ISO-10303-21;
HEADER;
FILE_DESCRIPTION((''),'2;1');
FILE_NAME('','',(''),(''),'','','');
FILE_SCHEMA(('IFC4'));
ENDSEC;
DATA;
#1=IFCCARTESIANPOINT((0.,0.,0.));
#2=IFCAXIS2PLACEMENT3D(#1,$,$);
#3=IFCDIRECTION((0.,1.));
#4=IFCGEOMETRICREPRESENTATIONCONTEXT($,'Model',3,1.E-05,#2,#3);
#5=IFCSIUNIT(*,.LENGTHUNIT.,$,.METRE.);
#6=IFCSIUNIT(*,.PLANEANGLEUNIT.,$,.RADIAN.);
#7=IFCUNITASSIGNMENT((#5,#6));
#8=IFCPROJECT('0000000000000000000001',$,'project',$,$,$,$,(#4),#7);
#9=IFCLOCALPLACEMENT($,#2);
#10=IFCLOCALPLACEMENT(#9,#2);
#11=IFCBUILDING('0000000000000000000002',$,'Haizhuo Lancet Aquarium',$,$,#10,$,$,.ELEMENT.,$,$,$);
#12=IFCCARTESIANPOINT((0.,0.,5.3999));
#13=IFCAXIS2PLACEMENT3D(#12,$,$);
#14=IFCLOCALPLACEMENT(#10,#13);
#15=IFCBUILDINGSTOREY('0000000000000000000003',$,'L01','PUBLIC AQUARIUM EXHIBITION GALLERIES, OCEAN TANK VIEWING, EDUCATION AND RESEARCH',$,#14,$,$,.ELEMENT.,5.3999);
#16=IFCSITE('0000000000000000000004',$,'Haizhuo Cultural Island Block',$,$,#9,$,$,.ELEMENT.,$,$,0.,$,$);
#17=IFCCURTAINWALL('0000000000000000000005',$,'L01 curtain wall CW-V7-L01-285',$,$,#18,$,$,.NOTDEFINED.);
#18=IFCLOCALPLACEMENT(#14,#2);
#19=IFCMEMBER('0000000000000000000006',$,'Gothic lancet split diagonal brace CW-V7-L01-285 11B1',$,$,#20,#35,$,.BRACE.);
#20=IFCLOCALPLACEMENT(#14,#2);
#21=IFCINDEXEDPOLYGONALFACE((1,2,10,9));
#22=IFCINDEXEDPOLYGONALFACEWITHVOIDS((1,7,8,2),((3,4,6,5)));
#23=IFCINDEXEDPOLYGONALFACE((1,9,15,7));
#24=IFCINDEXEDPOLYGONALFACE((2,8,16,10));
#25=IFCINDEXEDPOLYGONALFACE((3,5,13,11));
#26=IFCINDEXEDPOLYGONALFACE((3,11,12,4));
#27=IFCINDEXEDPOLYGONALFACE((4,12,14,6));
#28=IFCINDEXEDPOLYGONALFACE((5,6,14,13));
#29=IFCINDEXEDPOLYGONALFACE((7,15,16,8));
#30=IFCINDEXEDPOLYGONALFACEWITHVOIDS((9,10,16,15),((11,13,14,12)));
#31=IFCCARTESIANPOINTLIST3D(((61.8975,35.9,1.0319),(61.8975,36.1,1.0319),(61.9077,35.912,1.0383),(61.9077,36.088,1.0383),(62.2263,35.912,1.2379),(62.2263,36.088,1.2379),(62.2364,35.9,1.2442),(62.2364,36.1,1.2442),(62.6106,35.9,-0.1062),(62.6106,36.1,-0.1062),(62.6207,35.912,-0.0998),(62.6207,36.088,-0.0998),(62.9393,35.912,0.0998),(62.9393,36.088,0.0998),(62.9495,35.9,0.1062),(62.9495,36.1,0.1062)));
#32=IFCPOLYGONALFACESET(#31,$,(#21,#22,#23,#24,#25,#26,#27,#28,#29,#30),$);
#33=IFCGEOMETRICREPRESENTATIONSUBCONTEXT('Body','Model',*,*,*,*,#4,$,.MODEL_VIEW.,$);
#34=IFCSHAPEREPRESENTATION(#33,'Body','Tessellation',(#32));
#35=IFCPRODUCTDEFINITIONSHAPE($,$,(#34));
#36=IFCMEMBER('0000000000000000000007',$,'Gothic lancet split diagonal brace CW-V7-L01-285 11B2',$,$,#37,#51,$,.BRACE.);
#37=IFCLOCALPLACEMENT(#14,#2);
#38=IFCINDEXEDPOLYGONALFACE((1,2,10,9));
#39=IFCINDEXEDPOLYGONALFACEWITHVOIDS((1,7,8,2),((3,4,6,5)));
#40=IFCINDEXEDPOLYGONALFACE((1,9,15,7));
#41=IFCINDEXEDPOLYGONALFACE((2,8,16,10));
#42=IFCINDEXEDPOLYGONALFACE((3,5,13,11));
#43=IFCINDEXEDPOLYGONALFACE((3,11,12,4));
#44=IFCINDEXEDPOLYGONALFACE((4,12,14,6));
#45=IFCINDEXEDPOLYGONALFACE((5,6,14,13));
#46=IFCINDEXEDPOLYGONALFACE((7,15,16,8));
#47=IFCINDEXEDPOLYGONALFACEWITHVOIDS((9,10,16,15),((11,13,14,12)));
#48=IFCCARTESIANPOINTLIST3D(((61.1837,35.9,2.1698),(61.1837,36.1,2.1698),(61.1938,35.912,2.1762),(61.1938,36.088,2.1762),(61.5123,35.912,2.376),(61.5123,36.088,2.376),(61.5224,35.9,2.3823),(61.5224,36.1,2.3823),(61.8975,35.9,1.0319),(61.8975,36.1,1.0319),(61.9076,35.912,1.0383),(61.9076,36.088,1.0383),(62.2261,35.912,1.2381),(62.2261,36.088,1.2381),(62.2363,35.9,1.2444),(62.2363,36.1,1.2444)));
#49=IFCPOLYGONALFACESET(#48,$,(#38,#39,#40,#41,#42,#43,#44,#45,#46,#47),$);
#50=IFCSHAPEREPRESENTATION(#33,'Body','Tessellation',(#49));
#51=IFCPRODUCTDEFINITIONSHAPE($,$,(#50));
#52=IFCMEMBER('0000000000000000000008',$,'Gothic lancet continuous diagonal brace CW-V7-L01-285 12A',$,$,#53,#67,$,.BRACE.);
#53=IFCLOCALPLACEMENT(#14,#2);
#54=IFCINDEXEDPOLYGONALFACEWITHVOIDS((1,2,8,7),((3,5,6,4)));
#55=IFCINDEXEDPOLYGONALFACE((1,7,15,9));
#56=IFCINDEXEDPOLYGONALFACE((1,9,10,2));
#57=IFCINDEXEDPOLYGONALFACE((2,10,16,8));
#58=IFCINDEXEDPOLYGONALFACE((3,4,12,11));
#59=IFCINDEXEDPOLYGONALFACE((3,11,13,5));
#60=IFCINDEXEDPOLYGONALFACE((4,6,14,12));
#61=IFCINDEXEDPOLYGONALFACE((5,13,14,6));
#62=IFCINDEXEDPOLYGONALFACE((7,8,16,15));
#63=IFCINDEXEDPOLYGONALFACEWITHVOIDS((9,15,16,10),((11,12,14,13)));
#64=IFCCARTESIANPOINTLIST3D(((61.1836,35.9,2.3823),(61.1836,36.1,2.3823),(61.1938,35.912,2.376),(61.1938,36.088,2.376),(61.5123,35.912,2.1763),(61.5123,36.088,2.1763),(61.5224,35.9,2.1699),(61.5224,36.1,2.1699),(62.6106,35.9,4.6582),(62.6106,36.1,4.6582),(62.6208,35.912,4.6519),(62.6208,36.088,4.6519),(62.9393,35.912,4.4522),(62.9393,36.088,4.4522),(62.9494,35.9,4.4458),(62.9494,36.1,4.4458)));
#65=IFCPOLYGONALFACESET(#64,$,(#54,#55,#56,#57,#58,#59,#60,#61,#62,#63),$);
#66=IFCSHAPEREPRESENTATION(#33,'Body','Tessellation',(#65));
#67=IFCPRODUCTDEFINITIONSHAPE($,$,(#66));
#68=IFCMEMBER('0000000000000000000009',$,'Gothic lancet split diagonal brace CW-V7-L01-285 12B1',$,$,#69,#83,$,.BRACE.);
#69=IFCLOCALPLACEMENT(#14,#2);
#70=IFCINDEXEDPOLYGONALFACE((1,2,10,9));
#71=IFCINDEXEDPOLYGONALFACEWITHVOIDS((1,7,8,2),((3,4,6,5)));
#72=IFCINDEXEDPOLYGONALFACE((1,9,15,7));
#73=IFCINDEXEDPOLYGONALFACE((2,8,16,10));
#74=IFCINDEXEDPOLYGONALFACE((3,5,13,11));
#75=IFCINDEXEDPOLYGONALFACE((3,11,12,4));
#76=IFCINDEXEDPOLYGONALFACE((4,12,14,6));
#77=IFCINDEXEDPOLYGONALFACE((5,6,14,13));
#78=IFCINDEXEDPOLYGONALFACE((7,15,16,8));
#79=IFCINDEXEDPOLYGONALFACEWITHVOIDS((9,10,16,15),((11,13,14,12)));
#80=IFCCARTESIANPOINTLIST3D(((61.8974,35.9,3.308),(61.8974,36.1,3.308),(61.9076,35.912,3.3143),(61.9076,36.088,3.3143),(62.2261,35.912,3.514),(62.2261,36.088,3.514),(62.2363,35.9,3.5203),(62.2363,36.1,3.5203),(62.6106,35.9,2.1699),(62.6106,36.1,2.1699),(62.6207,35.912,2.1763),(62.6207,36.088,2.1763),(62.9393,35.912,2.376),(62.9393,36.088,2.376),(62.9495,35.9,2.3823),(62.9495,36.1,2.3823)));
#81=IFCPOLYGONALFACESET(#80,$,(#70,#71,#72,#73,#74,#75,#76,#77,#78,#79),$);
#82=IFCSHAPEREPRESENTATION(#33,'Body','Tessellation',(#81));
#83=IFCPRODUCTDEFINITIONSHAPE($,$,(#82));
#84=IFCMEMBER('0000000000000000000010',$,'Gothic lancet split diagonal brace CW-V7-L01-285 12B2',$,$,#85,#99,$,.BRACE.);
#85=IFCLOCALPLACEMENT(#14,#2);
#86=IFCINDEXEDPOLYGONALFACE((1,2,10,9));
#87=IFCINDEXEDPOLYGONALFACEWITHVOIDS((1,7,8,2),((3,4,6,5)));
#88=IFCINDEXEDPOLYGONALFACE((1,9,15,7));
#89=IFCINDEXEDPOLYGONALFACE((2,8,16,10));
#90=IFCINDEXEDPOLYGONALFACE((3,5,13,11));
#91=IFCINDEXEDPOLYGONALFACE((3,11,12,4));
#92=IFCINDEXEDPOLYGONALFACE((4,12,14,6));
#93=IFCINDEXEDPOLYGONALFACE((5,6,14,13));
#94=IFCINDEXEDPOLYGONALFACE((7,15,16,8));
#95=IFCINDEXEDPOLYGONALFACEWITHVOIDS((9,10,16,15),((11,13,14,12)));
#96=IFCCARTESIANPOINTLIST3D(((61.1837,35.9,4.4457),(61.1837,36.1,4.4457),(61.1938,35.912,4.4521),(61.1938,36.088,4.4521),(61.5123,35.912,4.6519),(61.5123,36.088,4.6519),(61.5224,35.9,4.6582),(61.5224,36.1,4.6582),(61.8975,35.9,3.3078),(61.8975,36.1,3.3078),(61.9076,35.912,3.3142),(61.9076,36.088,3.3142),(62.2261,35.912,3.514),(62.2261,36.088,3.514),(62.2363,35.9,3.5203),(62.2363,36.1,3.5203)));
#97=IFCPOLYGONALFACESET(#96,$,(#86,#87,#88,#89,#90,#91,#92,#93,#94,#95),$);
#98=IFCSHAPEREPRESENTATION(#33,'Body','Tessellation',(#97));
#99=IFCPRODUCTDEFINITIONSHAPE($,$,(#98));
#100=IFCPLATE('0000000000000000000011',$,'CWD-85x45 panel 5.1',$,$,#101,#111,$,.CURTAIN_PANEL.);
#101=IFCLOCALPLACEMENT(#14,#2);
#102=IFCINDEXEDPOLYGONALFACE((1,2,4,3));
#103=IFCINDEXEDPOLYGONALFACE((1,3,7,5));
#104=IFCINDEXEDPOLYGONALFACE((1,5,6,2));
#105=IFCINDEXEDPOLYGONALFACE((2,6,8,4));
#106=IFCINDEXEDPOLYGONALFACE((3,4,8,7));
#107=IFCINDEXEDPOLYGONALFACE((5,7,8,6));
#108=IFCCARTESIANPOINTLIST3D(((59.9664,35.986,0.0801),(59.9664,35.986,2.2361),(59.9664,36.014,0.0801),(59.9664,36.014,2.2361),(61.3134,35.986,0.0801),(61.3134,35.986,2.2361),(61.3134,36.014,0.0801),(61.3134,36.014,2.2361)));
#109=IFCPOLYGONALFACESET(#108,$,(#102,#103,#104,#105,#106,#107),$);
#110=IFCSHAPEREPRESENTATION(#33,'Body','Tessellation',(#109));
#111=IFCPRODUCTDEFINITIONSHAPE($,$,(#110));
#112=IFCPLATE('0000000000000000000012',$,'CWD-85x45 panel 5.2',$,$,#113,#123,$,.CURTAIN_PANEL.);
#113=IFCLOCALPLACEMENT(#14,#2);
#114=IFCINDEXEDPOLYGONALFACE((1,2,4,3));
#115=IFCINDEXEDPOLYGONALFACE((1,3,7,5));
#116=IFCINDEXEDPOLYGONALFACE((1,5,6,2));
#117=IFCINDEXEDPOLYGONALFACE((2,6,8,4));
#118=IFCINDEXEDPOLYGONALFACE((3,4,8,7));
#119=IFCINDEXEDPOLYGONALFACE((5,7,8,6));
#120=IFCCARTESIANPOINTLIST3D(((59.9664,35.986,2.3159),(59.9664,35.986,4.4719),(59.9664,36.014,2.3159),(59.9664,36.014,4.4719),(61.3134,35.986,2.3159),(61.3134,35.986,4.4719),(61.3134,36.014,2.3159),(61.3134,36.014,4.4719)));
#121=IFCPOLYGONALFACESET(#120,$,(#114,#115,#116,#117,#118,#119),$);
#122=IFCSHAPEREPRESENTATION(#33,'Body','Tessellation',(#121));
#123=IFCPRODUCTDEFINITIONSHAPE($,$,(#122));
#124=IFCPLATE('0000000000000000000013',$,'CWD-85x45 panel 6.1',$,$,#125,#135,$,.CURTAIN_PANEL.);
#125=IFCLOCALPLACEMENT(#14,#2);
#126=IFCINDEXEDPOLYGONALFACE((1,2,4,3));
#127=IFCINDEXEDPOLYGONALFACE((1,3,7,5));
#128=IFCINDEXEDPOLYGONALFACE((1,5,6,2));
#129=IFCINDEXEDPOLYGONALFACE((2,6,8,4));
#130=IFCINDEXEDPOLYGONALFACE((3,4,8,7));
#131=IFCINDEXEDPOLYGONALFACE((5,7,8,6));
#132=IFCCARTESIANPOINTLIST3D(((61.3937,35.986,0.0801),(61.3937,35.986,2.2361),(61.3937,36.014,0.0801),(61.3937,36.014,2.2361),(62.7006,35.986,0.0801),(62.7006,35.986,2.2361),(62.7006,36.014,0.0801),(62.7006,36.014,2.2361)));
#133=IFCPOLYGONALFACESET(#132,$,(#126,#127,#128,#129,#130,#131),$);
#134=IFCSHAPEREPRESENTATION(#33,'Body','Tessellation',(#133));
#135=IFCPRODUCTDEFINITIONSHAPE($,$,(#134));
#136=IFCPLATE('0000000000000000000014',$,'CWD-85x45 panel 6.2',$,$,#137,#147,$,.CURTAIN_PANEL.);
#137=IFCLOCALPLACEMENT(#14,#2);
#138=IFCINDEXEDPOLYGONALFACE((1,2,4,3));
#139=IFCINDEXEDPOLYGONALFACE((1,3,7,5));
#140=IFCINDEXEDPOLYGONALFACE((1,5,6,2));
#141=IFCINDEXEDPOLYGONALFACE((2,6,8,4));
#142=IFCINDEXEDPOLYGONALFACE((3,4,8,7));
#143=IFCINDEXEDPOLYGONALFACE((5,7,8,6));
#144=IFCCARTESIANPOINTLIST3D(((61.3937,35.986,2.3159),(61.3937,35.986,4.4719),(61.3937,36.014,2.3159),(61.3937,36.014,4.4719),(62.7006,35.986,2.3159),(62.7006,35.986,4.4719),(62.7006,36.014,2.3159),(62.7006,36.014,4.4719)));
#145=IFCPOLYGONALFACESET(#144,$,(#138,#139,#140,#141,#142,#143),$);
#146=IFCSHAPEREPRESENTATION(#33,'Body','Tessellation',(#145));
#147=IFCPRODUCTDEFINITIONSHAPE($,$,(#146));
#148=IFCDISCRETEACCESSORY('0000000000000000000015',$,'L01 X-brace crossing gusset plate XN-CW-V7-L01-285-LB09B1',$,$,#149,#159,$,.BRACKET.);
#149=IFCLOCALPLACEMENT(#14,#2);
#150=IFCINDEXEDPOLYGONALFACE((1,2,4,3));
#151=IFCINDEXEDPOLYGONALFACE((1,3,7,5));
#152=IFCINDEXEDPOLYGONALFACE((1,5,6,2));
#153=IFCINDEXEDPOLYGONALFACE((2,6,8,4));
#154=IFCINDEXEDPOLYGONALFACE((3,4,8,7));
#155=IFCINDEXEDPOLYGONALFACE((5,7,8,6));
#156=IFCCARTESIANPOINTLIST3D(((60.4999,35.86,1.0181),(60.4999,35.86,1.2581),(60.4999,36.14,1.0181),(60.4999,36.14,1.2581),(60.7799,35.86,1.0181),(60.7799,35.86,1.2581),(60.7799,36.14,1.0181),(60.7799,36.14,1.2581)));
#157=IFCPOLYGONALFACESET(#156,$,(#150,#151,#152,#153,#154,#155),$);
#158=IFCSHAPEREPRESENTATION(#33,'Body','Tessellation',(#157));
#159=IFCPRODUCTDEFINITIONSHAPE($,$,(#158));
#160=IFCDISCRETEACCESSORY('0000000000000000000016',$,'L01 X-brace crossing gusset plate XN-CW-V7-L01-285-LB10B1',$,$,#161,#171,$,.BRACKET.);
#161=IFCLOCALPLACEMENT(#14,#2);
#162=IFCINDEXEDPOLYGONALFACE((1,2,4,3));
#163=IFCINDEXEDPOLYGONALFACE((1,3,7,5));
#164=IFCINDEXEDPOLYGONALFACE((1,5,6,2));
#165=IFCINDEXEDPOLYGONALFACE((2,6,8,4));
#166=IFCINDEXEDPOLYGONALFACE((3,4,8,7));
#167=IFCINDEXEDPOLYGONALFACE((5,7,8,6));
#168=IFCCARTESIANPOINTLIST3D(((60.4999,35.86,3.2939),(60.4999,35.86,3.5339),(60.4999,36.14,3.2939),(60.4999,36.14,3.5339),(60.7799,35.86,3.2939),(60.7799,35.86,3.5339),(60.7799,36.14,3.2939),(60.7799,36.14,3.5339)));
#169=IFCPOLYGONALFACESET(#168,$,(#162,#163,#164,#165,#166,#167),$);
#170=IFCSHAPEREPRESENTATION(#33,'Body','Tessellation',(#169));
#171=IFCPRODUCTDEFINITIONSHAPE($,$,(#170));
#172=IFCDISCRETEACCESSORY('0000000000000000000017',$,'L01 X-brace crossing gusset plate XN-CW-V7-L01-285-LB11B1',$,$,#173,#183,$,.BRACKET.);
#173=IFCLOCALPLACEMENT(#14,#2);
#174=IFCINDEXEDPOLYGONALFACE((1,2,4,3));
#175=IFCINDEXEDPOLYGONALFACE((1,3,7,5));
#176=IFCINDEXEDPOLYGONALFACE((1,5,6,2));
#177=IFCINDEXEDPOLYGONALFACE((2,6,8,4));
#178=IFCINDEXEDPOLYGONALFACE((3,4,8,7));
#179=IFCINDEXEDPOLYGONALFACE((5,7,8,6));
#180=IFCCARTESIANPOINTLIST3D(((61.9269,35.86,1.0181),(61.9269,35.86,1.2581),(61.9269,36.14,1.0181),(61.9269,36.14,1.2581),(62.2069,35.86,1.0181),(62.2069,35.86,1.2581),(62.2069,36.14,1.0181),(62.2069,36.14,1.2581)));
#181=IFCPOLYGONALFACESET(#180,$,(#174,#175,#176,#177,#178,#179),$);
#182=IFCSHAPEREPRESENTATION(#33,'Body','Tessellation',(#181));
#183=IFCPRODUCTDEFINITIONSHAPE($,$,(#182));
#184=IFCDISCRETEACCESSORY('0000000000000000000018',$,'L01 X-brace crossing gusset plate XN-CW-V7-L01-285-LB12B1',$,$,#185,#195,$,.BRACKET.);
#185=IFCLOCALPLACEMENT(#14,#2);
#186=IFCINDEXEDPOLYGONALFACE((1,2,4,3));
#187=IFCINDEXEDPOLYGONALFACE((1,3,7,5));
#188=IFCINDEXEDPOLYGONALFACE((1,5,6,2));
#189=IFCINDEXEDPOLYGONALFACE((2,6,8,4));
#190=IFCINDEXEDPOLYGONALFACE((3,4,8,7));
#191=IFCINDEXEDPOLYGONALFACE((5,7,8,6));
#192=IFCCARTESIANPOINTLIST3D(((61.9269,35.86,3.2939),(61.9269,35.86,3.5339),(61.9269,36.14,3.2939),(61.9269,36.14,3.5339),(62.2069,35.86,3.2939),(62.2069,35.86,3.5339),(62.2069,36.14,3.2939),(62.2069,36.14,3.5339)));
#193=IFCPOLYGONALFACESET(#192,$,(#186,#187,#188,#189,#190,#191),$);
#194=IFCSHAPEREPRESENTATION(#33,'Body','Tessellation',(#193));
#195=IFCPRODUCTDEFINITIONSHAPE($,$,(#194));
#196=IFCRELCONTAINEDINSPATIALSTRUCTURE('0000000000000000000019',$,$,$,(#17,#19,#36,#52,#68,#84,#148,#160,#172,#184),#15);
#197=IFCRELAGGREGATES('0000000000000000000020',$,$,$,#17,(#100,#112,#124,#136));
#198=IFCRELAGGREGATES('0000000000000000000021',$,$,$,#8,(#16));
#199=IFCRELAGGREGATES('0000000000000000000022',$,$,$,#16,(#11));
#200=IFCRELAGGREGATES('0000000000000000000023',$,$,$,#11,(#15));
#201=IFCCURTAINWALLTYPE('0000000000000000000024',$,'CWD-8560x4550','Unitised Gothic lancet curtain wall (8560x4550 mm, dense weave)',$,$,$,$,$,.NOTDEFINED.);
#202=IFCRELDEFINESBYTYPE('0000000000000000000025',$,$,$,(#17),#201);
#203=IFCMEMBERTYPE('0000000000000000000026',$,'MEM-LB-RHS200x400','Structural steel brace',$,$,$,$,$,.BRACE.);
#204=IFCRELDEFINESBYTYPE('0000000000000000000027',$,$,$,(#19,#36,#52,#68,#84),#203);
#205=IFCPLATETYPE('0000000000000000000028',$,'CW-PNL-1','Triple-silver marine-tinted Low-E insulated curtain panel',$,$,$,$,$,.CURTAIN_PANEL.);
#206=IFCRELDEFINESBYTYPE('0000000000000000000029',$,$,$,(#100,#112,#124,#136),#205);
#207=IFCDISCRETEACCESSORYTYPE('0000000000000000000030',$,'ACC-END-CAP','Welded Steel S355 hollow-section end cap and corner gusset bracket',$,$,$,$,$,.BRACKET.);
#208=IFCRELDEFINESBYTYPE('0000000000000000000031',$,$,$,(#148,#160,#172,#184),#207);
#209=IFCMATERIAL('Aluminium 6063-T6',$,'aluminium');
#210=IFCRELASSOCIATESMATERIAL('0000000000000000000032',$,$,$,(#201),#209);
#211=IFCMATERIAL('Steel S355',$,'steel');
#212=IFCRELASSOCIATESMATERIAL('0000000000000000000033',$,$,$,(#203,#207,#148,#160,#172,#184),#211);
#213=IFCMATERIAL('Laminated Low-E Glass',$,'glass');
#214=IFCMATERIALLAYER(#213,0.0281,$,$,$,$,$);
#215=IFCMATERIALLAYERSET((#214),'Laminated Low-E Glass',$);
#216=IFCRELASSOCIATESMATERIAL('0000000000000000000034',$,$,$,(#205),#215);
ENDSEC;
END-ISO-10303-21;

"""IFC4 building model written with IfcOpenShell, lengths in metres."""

from ifc_helpers import new_model, si_unit, direction, frame, origin, origin_2d, place, context, subcontext, project, spatial, rectangle, hollow_rectangle, extrude, material, layer, layer_set, material_profile, profile_set, type_object, element, aggregate, save


model = new_model("IFC4")

# Units and contexts
model_context = context("Model", 3, precision=1e-05, world=origin(), true_north=direction((0.0, 1.0)))
body_context = subcontext(model_context, "Body", "Model", "MODEL_VIEW")
ifc_project = project(units=[si_unit("LENGTHUNIT", "METRE"), si_unit("PLANEANGLEUNIT", "RADIAN")], contexts=[model_context])

# Site, building, storey
site_placement = place(None, origin())
site = spatial("IfcSite", under=ifc_project, at=site_placement, Name="Haizhuo Cultural Island Block", CompositionType="ELEMENT", RefElevation=0.0)
building_placement = place(site_placement, origin())
building = spatial("IfcBuilding", under=site, at=building_placement, Name="Haizhuo Lancet Aquarium", CompositionType="ELEMENT")
storey_placement = place(building_placement, frame((0.0, 0.0, 5.3999)))
storey = spatial("IfcBuildingStorey", under=building, at=storey_placement, Name="L01", Description="PUBLIC AQUARIUM EXHIBITION GALLERIES, OCEAN TANK VIEWING, EDUCATION AND RESEARCH", CompositionType="ELEMENT", Elevation=5.3999)

# Curtain wall
ifc_material_1 = material(Name="Aluminium 6063-T6", Category="aluminium")
curtain_wall_type = type_object("IfcCurtainWallType", Name="CWD-8560x4550", Description="Unitised Gothic lancet curtain wall (8560x4550 mm, dense weave)", PredefinedType="NOTDEFINED", material=ifc_material_1)
curtain_wall_placement = place(storey_placement, origin())
curtain_wall = element("IfcCurtainWall", 1, at=curtain_wall_placement, inside=storey, type_object=curtain_wall_type, Name="L01 curtain wall CW-V7-L01-285", PredefinedType="NOTDEFINED")

# Members
ifc_material_2 = material(Name="Steel S355", Category="steel")
ifc_material_profile_1 = material_profile(ifc_material_2, hollow_rectangle(XDim=0.2, YDim=0.3999, WallThickness=0.012, at=origin_2d()), Name="RHS 200x400x12")
ifc_profile_set_1 = profile_set([ifc_material_profile_1], Name="Steel S355")
member_type_1 = type_object("IfcMemberType", Name="MEM-LB-RHS200x400", Description="Structural steel brace", PredefinedType="BRACE", material=ifc_profile_set_1)
member_1_placement = place(storey_placement, frame((62.78, 36.0, 0.0), z_axis=(-0.530946, 0.0, 0.847405), x_axis=(0.0, -1.0, 0.0)))
element("IfcMember", 2, at=member_1_placement, inside=storey, type_object=member_type_1, Name="Gothic lancet split diagonal brace CW-V7-L01-285 11B1", PredefinedType="BRACE", context=body_context, shape_type="SweptSolid", body=[
    extrude(hollow_rectangle(XDim=0.2, YDim=0.3999, WallThickness=0.012, at=origin_2d()), origin(), (0.0, 0.0, 1.0), 1.343),
])
member_2_placement = place(storey_placement, frame((62.0669, 36.0, 1.1382), z_axis=(-0.531419, 0.0, 0.847109), x_axis=(0.0, -1.0, 0.0)))
element("IfcMember", 3, at=member_2_placement, inside=storey, type_object=member_type_1, Name="Gothic lancet split diagonal brace CW-V7-L01-285 11B2", PredefinedType="BRACE", context=body_context, shape_type="SweptSolid", body=[
    extrude(hollow_rectangle(XDim=0.2, YDim=0.3999, WallThickness=0.012, at=origin_2d()), origin(), (0.0, 0.0, 1.0), 1.3433),
])
member_3_placement = place(storey_placement, frame((61.353, 36.0, 2.2761), z_axis=(0.531224, 0.0, 0.847232), x_axis=(0.0, 1.0, 0.0)))
element("IfcMember", 4, at=member_3_placement, inside=storey, type_object=member_type_1, Name="Gothic lancet continuous diagonal brace CW-V7-L01-285 12A", PredefinedType="BRACE", context=body_context, shape_type="SweptSolid", body=[
    extrude(hollow_rectangle(XDim=0.2, YDim=0.3999, WallThickness=0.012, at=origin_2d()), origin(), (0.0, 0.0, 1.0), 2.6863),
])
member_4_placement = place(storey_placement, frame((62.78, 36.0, 2.2761), z_axis=(-0.531028, 0.0, 0.847354), x_axis=(0.0, -1.0, 0.0)))
element("IfcMember", 5, at=member_4_placement, inside=storey, type_object=member_type_1, Name="Gothic lancet split diagonal brace CW-V7-L01-285 12B1", PredefinedType="BRACE", context=body_context, shape_type="SweptSolid", body=[
    extrude(hollow_rectangle(XDim=0.2, YDim=0.3999, WallThickness=0.012, at=origin_2d()), origin(), (0.0, 0.0, 1.0), 1.343),
])
member_5_placement = place(storey_placement, frame((62.0669, 36.0, 3.4141), z_axis=(-0.531419, 0.0, 0.847109), x_axis=(0.0, -1.0, 0.0)))
element("IfcMember", 6, at=member_5_placement, inside=storey, type_object=member_type_1, Name="Gothic lancet split diagonal brace CW-V7-L01-285 12B2", PredefinedType="BRACE", context=body_context, shape_type="SweptSolid", body=[
    extrude(hollow_rectangle(XDim=0.2, YDim=0.3999, WallThickness=0.012, at=origin_2d()), origin(), (0.0, 0.0, 1.0), 1.3433),
])

# Plates
ifc_material_3 = material(Name="Laminated Low-E Glass", Category="glass")
ifc_layer = layer(ifc_material_3, 0.0281)
ifc_layer_set = layer_set([ifc_layer], Name="Laminated Low-E Glass")
plate_type = type_object("IfcPlateType", Name="CW-PNL-1", Description="Triple-silver marine-tinted Low-E insulated curtain panel", PredefinedType="CURTAIN_PANEL", material=ifc_layer_set)
plate_1_placement = place(storey_placement, frame((60.6399, 36.0, 0.0801), z_axis=(0.0, 0.0, 1.0), x_axis=(1.0, 0.0, 0.0)))
plate_1 = element("IfcPlate", 7, at=plate_1_placement, type_object=plate_type, Name="CWD-85x45 panel 5.1", PredefinedType="CURTAIN_PANEL", context=body_context, shape_type="SweptSolid", body=[
    extrude(rectangle(XDim=1.3469, YDim=0.0281, at=origin_2d()), origin(), (0.0, 0.0, 1.0), 2.156),
])
plate_2_placement = place(storey_placement, frame((60.6399, 36.0, 2.3159), z_axis=(0.0, 0.0, 1.0), x_axis=(1.0, 0.0, 0.0)))
plate_2 = element("IfcPlate", 8, at=plate_2_placement, type_object=plate_type, Name="CWD-85x45 panel 5.2", PredefinedType="CURTAIN_PANEL", context=body_context, shape_type="SweptSolid", body=[
    extrude(rectangle(XDim=1.3469, YDim=0.0281, at=origin_2d()), origin(), (0.0, 0.0, 1.0), 2.156),
])
plate_3_placement = place(storey_placement, frame((62.0471, 36.0, 0.0801), z_axis=(0.0, 0.0, 1.0), x_axis=(1.0, 0.0, 0.0)))
plate_3 = element("IfcPlate", 9, at=plate_3_placement, type_object=plate_type, Name="CWD-85x45 panel 6.1", PredefinedType="CURTAIN_PANEL", context=body_context, shape_type="SweptSolid", body=[
    extrude(rectangle(XDim=1.3069, YDim=0.0281, at=origin_2d()), origin(), (0.0, 0.0, 1.0), 2.156),
])
plate_4_placement = place(storey_placement, frame((62.0471, 36.0, 2.3159), z_axis=(0.0, 0.0, 1.0), x_axis=(1.0, 0.0, 0.0)))
plate_4 = element("IfcPlate", 10, at=plate_4_placement, type_object=plate_type, Name="CWD-85x45 panel 6.2", PredefinedType="CURTAIN_PANEL", context=body_context, shape_type="SweptSolid", body=[
    extrude(rectangle(XDim=1.3069, YDim=0.0281, at=origin_2d()), origin(), (0.0, 0.0, 1.0), 2.156),
])
aggregate(curtain_wall, [plate_1, plate_2, plate_3, plate_4])

# Discrete accessories
discrete_accessory_type = type_object("IfcDiscreteAccessoryType", Name="ACC-END-CAP", Description="Welded Steel S355 hollow-section end cap and corner gusset bracket", PredefinedType="BRACKET", material=ifc_material_2)
for number, where, z_axis, x_axis, name in (
    (11, (60.6399, 36.0, 1.0181), (0.0, 0.0, 1.0), (1.0, 0.0, 0.0), "L01 X-brace crossing gusset plate XN-CW-V7-L01-285-LB09B1"),
    (12, (60.6399, 36.0, 3.2939), (0.0, 0.0, 1.0), (1.0, 0.0, 0.0), "L01 X-brace crossing gusset plate XN-CW-V7-L01-285-LB10B1"),
    (13, (62.0669, 36.0, 1.0181), (0.0, 0.0, 1.0), (1.0, 0.0, 0.0), "L01 X-brace crossing gusset plate XN-CW-V7-L01-285-LB11B1"),
    (14, (62.0669, 36.0, 3.2939), (0.0, 0.0, 1.0), (1.0, 0.0, 0.0), "L01 X-brace crossing gusset plate XN-CW-V7-L01-285-LB12B1"),
):
    element("IfcDiscreteAccessory", number, at=place(storey_placement, frame(where, z_axis=z_axis, x_axis=x_axis)), inside=storey, type_object=discrete_accessory_type, material=ifc_material_2, Name=name, PredefinedType="BRACKET", context=body_context, shape_type="SweptSolid", body=[
        extrude(rectangle(XDim=0.28, YDim=0.28, at=origin_2d()), origin(), (0.0, 0.0, 1.0), 0.24),
    ])

save(model, "model.ifc")
